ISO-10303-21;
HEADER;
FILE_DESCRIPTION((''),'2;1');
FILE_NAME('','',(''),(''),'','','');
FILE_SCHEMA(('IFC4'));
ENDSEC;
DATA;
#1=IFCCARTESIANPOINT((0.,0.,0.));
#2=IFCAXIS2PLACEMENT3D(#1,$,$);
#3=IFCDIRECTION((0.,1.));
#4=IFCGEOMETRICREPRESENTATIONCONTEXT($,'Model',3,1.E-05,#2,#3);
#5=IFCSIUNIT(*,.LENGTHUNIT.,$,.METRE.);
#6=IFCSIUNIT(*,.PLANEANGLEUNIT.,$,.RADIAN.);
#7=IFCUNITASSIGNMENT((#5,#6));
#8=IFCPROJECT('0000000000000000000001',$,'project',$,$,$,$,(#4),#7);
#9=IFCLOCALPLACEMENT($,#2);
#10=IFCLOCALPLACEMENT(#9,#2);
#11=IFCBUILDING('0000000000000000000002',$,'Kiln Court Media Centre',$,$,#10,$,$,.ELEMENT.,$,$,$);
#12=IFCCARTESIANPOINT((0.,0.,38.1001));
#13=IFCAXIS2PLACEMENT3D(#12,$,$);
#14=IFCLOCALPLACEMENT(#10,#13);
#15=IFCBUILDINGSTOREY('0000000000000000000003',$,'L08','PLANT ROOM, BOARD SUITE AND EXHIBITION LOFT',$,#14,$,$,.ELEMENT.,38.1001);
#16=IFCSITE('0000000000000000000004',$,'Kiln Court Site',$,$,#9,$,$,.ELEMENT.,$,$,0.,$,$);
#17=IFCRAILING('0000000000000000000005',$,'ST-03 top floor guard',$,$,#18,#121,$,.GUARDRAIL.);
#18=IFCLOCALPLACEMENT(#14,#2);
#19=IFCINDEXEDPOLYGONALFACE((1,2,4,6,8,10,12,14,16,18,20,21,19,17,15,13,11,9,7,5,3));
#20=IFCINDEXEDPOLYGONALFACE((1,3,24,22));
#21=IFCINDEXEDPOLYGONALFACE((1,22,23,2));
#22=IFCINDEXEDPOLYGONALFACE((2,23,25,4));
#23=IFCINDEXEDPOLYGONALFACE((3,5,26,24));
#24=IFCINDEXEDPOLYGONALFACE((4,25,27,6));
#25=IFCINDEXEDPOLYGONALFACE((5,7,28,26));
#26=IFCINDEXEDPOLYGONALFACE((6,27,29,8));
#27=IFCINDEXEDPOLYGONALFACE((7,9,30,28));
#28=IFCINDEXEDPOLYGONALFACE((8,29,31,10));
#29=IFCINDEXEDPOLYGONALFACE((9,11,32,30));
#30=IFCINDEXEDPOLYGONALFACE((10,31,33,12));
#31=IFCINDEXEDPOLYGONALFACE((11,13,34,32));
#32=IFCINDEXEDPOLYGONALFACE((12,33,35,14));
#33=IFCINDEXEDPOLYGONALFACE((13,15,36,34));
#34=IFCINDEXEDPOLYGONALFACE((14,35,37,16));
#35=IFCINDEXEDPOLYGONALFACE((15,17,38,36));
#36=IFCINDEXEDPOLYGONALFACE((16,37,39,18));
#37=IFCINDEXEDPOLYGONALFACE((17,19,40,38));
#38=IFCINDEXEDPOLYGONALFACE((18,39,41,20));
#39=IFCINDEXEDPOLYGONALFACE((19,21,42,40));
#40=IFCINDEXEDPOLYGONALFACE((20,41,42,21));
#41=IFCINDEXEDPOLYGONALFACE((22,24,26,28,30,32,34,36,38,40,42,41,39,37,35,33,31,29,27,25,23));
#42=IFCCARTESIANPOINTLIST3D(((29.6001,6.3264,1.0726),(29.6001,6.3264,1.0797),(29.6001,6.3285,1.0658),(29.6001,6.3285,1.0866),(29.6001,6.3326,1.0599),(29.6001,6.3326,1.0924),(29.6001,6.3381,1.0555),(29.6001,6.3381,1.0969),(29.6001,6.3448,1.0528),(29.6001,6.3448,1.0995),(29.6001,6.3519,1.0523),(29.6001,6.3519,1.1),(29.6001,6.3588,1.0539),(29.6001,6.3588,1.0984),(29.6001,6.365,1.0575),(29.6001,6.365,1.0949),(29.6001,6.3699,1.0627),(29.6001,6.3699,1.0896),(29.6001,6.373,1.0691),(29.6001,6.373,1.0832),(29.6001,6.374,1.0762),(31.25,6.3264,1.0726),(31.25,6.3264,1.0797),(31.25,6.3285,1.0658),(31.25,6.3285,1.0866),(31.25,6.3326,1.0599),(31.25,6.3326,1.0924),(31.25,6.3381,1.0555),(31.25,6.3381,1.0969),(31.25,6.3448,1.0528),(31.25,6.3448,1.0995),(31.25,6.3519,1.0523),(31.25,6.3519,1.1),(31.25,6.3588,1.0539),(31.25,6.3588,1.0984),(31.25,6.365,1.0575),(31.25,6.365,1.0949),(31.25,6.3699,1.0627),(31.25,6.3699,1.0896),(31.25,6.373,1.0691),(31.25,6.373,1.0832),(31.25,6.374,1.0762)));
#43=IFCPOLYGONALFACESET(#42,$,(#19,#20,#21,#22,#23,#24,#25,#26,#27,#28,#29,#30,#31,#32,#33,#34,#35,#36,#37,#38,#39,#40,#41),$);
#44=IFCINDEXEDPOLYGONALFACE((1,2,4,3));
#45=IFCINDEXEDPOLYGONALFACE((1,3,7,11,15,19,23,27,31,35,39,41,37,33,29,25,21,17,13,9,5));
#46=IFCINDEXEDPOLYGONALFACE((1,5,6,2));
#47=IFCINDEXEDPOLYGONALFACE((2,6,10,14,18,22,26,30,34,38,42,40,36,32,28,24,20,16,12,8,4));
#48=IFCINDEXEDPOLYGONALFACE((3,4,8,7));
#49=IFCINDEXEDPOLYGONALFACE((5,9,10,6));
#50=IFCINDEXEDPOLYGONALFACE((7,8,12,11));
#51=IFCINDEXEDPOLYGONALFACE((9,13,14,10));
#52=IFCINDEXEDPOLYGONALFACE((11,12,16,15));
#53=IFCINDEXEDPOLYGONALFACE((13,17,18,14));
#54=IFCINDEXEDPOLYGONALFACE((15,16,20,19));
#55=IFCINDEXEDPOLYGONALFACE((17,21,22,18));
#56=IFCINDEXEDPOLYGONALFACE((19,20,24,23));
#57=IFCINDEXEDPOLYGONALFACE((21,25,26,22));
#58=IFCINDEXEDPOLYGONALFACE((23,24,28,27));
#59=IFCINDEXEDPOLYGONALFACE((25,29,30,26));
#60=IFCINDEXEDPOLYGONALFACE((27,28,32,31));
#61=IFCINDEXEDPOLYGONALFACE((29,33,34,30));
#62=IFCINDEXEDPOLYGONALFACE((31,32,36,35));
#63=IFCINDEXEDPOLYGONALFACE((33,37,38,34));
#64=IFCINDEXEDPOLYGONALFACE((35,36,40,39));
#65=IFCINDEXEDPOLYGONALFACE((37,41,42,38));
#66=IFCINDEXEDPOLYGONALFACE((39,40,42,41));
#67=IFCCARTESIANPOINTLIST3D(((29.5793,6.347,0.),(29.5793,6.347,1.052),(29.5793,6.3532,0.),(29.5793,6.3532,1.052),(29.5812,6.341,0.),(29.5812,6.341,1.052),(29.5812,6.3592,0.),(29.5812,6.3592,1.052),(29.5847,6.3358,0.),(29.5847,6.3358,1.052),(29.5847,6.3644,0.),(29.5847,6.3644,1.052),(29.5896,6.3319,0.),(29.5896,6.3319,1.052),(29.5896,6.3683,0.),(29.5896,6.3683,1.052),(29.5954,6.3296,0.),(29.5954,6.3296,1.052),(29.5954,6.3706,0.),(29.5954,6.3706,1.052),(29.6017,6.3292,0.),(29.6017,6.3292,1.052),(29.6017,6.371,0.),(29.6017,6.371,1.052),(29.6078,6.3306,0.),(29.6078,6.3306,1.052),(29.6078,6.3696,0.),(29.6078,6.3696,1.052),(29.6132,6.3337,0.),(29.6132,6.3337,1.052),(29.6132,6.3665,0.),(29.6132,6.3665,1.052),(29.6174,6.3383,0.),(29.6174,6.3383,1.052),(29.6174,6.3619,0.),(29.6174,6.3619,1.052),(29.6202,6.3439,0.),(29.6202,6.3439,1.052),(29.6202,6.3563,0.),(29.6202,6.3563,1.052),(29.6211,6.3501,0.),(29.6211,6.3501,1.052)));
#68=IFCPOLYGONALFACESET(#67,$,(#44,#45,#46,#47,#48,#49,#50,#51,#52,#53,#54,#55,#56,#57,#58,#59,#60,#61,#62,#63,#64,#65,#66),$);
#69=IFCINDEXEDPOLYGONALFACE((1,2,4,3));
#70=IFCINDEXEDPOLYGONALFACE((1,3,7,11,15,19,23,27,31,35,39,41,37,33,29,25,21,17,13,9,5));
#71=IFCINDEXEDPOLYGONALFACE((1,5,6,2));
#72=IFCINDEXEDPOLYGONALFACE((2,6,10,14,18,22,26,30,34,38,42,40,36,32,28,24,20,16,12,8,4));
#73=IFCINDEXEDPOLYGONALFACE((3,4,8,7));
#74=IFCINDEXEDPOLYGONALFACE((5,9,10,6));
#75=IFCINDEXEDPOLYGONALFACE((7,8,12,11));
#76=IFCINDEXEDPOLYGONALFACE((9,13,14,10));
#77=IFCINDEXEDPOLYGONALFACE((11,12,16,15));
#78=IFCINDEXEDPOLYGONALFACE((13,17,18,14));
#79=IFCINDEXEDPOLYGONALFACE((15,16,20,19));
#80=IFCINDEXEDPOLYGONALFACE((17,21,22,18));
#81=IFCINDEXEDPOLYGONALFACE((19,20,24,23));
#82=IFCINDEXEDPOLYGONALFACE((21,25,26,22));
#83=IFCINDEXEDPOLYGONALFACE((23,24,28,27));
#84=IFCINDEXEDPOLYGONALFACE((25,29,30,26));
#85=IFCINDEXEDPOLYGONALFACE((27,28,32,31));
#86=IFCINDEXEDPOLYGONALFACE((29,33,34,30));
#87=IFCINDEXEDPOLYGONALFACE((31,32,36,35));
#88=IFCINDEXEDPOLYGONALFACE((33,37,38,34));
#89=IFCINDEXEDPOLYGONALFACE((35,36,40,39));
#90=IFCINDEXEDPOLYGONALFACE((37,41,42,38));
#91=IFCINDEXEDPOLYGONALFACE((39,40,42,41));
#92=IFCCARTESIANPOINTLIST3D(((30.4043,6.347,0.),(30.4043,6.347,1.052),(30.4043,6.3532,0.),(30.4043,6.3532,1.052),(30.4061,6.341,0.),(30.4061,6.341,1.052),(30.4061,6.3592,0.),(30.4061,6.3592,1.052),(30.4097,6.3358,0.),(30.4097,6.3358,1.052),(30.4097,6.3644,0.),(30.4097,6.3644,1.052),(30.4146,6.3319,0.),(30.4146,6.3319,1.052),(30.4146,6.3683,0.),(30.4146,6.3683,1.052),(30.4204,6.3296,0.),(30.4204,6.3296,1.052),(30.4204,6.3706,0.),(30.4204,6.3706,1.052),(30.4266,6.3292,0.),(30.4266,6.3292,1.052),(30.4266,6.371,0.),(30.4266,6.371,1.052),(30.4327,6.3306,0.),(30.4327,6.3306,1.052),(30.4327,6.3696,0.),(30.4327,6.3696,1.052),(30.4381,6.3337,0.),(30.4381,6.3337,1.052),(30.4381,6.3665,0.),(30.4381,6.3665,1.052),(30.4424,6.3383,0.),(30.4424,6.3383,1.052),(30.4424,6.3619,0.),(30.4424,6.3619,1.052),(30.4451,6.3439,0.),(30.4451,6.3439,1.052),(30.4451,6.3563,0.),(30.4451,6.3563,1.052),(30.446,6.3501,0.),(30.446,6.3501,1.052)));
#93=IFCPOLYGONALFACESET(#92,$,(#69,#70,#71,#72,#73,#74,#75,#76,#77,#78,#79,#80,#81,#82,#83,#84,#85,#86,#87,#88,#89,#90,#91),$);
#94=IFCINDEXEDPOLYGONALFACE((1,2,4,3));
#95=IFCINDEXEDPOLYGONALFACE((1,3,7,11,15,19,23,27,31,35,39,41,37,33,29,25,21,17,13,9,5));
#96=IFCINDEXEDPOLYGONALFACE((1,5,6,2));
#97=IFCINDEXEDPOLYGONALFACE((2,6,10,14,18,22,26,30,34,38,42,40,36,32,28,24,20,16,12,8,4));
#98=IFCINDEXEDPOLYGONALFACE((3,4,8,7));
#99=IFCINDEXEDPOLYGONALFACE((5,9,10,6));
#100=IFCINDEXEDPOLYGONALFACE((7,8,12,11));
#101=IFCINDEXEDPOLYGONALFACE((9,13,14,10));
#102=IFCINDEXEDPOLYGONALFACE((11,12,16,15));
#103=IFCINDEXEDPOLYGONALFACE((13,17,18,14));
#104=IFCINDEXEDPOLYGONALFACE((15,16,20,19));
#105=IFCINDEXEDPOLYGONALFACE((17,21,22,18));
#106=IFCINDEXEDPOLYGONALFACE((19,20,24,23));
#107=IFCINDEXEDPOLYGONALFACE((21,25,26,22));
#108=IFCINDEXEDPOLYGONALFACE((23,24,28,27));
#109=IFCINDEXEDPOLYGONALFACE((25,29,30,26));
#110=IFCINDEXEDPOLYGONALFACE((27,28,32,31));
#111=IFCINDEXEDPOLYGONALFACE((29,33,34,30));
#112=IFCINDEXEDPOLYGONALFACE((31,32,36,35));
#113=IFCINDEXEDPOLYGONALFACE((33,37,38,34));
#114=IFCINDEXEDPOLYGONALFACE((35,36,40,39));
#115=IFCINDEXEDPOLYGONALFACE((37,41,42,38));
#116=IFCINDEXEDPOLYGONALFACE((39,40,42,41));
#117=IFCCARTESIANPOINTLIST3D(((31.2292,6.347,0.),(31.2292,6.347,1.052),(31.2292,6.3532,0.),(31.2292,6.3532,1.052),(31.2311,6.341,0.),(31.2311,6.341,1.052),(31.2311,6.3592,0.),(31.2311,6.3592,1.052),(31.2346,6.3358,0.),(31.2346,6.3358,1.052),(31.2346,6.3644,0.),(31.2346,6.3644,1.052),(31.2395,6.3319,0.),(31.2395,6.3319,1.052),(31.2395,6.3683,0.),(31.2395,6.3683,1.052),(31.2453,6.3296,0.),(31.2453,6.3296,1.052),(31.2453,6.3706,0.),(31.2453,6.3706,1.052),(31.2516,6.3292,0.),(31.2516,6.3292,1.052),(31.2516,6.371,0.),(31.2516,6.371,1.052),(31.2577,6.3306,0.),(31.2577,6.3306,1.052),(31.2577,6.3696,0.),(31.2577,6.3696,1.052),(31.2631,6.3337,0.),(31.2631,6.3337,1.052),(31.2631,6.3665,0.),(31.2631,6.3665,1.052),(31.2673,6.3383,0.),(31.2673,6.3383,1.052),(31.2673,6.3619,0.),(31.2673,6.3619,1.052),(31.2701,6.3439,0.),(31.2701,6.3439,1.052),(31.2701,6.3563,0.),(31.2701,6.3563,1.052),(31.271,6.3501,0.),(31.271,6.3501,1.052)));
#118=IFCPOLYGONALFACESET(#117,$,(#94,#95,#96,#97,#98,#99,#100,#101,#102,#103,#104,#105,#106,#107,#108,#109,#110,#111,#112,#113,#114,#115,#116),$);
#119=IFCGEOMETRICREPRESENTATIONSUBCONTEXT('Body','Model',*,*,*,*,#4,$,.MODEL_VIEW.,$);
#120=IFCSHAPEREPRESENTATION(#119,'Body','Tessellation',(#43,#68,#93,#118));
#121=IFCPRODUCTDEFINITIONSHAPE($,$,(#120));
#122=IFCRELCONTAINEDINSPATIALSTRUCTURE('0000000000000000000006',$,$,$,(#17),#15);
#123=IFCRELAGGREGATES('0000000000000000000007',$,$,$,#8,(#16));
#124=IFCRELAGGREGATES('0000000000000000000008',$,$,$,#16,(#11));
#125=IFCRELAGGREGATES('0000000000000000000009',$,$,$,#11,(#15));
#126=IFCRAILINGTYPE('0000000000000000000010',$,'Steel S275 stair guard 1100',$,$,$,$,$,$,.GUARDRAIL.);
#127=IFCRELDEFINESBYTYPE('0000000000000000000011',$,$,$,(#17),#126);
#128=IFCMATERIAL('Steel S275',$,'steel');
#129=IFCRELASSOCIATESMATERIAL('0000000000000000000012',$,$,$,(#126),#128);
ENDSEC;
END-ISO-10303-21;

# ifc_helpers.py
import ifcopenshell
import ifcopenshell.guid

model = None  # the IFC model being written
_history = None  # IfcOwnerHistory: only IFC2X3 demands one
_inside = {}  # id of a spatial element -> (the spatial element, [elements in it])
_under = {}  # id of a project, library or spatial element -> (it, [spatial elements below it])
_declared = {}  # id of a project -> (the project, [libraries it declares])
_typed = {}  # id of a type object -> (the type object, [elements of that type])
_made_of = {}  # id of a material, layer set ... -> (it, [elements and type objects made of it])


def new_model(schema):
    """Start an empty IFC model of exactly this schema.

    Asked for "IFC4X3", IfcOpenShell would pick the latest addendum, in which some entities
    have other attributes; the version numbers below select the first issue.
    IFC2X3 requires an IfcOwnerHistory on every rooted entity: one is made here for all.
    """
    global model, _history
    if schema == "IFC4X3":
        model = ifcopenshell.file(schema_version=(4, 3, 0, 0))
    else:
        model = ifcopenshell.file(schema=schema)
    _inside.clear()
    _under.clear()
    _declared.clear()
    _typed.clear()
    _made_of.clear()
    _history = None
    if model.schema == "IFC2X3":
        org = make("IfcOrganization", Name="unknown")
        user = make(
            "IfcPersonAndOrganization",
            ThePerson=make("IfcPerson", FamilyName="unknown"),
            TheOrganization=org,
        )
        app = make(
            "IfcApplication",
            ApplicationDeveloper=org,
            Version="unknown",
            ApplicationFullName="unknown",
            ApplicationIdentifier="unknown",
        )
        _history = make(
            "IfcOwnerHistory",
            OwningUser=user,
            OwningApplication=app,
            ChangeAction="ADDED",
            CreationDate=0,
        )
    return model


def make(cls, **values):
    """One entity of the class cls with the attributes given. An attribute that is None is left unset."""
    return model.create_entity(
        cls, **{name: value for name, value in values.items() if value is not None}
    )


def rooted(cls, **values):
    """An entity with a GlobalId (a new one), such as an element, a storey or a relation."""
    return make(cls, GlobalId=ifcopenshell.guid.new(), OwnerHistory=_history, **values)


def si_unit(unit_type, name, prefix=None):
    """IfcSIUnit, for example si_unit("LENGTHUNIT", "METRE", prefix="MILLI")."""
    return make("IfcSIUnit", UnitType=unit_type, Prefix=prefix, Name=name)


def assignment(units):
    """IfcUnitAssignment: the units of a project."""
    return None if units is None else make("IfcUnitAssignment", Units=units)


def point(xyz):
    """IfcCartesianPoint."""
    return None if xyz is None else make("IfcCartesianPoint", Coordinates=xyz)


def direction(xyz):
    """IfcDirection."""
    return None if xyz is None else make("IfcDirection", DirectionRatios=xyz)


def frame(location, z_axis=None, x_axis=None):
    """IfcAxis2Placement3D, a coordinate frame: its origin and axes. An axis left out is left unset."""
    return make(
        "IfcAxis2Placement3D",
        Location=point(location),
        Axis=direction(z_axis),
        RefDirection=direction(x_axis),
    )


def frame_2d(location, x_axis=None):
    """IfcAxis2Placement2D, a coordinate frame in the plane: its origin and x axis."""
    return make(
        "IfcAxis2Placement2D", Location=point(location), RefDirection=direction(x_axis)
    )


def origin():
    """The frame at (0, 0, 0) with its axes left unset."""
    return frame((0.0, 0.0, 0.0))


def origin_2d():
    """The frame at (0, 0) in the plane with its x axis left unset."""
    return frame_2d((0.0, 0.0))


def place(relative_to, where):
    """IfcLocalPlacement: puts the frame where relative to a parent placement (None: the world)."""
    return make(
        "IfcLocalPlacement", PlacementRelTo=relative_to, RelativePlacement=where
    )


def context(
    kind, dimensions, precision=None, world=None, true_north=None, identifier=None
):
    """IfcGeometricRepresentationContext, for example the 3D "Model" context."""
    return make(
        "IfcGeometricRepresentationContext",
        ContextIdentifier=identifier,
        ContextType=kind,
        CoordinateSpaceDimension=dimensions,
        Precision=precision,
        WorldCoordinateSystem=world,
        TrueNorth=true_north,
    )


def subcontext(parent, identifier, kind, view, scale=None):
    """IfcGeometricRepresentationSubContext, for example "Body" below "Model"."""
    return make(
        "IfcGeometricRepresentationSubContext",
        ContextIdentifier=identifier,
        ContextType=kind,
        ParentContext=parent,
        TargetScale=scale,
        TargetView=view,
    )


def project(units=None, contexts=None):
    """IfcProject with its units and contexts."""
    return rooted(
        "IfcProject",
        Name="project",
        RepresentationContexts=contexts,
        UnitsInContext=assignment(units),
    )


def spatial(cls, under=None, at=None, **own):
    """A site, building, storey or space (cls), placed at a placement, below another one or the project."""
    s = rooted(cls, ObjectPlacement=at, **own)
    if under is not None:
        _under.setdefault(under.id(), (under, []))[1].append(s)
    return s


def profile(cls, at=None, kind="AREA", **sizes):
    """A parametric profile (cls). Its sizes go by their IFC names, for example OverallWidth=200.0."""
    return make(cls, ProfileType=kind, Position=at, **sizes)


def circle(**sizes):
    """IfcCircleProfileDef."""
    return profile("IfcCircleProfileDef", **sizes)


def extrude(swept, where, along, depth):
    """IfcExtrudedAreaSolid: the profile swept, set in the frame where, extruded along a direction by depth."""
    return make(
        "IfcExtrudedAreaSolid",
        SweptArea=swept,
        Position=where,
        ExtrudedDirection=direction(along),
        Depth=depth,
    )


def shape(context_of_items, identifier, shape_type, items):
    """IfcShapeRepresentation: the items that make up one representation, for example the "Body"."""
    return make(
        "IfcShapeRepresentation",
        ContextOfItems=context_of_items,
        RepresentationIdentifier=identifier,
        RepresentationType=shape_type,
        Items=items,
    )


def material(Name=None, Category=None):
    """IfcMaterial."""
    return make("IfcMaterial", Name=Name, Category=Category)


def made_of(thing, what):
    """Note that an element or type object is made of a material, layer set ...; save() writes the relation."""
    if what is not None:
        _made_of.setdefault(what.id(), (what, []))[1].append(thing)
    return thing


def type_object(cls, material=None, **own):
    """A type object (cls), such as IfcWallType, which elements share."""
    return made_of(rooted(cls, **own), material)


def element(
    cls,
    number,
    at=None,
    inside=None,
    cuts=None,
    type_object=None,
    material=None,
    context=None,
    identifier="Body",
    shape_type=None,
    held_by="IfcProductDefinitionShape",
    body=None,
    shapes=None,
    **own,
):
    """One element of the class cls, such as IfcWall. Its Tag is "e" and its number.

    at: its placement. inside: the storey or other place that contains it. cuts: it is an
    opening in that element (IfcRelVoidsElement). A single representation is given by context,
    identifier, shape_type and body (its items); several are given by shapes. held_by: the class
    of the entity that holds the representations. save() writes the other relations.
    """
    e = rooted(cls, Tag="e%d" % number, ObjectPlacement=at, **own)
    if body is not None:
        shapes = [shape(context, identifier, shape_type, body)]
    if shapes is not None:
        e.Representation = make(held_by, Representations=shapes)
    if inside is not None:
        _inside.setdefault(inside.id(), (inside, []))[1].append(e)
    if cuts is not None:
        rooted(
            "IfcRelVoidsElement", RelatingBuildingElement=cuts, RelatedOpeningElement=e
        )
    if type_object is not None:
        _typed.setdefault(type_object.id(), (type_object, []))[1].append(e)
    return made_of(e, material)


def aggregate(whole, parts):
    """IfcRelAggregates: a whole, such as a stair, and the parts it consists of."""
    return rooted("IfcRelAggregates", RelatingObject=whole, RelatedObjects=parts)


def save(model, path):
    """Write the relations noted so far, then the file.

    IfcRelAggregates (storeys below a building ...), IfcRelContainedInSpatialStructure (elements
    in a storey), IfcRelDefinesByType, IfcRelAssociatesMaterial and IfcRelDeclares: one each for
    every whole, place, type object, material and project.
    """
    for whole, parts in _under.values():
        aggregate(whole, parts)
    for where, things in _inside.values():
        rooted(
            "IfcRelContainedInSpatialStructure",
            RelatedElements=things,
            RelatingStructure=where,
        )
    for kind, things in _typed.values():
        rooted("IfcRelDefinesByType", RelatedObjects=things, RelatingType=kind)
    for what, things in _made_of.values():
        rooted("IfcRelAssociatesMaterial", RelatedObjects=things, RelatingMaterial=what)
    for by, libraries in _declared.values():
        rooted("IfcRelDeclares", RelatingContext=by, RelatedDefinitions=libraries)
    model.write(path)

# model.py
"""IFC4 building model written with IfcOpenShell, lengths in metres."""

from ifc_helpers import new_model, si_unit, direction, frame, origin, origin_2d, place, context, subcontext, project, spatial, circle, extrude, material, type_object, element, save


model = new_model("IFC4")

# Units and contexts
model_context = context("Model", 3, precision=1e-05, world=origin(), true_north=direction((0.0, 1.0)))
body_context = subcontext(model_context, "Body", "Model", "MODEL_VIEW")
ifc_project = project(units=[si_unit("LENGTHUNIT", "METRE"), si_unit("PLANEANGLEUNIT", "RADIAN")], contexts=[model_context])

# Site, building, storey
site_placement = place(None, origin())
site = spatial("IfcSite", under=ifc_project, at=site_placement, Name="Kiln Court Site", CompositionType="ELEMENT", RefElevation=0.0)
building_placement = place(site_placement, origin())
building = spatial("IfcBuilding", under=site, at=building_placement, Name="Kiln Court Media Centre", CompositionType="ELEMENT")
storey_placement = place(building_placement, frame((0.0, 0.0, 38.1001)))
storey = spatial("IfcBuildingStorey", under=building, at=storey_placement, Name="L08", Description="PLANT ROOM, BOARD SUITE AND EXHIBITION LOFT", CompositionType="ELEMENT", Elevation=38.1001)

# Railing
ifc_material_1 = material(Name="Steel S275", Category="steel")
railing_type = type_object("IfcRailingType", Name="Steel S275 stair guard 1100", PredefinedType="GUARDRAIL", material=ifc_material_1)
railing_1_placement = place(storey_placement, frame((29.6001, 6.3501, 0.0)))
element("IfcRailing", 1, at=railing_1_placement, inside=storey, type_object=railing_type, Name="ST-03 top floor guard", PredefinedType="GUARDRAIL", context=body_context, shape_type="SweptSolid", body=[
    extrude(circle(Radius=0.0239, at=origin_2d()), frame((0.0, 0.0, 1.0762), z_axis=(1.0, 0.0, 0.0), x_axis=(0.0, 1.0, 0.0)), (0.0, 0.0, 1.0), 1.6499),
    extrude(circle(Radius=0.021, at=origin_2d()), origin(), (0.0, 0.0, 1.0), 1.052),
    extrude(circle(Radius=0.021, at=origin_2d()), frame((0.825, 0.0, 0.0)), (0.0, 0.0, 1.0), 1.052),
    extrude(circle(Radius=0.021, at=origin_2d()), frame((1.6499, 0.0, 0.0)), (0.0, 0.0, 1.0), 1.052),
])

save(model, "model.ifc")
